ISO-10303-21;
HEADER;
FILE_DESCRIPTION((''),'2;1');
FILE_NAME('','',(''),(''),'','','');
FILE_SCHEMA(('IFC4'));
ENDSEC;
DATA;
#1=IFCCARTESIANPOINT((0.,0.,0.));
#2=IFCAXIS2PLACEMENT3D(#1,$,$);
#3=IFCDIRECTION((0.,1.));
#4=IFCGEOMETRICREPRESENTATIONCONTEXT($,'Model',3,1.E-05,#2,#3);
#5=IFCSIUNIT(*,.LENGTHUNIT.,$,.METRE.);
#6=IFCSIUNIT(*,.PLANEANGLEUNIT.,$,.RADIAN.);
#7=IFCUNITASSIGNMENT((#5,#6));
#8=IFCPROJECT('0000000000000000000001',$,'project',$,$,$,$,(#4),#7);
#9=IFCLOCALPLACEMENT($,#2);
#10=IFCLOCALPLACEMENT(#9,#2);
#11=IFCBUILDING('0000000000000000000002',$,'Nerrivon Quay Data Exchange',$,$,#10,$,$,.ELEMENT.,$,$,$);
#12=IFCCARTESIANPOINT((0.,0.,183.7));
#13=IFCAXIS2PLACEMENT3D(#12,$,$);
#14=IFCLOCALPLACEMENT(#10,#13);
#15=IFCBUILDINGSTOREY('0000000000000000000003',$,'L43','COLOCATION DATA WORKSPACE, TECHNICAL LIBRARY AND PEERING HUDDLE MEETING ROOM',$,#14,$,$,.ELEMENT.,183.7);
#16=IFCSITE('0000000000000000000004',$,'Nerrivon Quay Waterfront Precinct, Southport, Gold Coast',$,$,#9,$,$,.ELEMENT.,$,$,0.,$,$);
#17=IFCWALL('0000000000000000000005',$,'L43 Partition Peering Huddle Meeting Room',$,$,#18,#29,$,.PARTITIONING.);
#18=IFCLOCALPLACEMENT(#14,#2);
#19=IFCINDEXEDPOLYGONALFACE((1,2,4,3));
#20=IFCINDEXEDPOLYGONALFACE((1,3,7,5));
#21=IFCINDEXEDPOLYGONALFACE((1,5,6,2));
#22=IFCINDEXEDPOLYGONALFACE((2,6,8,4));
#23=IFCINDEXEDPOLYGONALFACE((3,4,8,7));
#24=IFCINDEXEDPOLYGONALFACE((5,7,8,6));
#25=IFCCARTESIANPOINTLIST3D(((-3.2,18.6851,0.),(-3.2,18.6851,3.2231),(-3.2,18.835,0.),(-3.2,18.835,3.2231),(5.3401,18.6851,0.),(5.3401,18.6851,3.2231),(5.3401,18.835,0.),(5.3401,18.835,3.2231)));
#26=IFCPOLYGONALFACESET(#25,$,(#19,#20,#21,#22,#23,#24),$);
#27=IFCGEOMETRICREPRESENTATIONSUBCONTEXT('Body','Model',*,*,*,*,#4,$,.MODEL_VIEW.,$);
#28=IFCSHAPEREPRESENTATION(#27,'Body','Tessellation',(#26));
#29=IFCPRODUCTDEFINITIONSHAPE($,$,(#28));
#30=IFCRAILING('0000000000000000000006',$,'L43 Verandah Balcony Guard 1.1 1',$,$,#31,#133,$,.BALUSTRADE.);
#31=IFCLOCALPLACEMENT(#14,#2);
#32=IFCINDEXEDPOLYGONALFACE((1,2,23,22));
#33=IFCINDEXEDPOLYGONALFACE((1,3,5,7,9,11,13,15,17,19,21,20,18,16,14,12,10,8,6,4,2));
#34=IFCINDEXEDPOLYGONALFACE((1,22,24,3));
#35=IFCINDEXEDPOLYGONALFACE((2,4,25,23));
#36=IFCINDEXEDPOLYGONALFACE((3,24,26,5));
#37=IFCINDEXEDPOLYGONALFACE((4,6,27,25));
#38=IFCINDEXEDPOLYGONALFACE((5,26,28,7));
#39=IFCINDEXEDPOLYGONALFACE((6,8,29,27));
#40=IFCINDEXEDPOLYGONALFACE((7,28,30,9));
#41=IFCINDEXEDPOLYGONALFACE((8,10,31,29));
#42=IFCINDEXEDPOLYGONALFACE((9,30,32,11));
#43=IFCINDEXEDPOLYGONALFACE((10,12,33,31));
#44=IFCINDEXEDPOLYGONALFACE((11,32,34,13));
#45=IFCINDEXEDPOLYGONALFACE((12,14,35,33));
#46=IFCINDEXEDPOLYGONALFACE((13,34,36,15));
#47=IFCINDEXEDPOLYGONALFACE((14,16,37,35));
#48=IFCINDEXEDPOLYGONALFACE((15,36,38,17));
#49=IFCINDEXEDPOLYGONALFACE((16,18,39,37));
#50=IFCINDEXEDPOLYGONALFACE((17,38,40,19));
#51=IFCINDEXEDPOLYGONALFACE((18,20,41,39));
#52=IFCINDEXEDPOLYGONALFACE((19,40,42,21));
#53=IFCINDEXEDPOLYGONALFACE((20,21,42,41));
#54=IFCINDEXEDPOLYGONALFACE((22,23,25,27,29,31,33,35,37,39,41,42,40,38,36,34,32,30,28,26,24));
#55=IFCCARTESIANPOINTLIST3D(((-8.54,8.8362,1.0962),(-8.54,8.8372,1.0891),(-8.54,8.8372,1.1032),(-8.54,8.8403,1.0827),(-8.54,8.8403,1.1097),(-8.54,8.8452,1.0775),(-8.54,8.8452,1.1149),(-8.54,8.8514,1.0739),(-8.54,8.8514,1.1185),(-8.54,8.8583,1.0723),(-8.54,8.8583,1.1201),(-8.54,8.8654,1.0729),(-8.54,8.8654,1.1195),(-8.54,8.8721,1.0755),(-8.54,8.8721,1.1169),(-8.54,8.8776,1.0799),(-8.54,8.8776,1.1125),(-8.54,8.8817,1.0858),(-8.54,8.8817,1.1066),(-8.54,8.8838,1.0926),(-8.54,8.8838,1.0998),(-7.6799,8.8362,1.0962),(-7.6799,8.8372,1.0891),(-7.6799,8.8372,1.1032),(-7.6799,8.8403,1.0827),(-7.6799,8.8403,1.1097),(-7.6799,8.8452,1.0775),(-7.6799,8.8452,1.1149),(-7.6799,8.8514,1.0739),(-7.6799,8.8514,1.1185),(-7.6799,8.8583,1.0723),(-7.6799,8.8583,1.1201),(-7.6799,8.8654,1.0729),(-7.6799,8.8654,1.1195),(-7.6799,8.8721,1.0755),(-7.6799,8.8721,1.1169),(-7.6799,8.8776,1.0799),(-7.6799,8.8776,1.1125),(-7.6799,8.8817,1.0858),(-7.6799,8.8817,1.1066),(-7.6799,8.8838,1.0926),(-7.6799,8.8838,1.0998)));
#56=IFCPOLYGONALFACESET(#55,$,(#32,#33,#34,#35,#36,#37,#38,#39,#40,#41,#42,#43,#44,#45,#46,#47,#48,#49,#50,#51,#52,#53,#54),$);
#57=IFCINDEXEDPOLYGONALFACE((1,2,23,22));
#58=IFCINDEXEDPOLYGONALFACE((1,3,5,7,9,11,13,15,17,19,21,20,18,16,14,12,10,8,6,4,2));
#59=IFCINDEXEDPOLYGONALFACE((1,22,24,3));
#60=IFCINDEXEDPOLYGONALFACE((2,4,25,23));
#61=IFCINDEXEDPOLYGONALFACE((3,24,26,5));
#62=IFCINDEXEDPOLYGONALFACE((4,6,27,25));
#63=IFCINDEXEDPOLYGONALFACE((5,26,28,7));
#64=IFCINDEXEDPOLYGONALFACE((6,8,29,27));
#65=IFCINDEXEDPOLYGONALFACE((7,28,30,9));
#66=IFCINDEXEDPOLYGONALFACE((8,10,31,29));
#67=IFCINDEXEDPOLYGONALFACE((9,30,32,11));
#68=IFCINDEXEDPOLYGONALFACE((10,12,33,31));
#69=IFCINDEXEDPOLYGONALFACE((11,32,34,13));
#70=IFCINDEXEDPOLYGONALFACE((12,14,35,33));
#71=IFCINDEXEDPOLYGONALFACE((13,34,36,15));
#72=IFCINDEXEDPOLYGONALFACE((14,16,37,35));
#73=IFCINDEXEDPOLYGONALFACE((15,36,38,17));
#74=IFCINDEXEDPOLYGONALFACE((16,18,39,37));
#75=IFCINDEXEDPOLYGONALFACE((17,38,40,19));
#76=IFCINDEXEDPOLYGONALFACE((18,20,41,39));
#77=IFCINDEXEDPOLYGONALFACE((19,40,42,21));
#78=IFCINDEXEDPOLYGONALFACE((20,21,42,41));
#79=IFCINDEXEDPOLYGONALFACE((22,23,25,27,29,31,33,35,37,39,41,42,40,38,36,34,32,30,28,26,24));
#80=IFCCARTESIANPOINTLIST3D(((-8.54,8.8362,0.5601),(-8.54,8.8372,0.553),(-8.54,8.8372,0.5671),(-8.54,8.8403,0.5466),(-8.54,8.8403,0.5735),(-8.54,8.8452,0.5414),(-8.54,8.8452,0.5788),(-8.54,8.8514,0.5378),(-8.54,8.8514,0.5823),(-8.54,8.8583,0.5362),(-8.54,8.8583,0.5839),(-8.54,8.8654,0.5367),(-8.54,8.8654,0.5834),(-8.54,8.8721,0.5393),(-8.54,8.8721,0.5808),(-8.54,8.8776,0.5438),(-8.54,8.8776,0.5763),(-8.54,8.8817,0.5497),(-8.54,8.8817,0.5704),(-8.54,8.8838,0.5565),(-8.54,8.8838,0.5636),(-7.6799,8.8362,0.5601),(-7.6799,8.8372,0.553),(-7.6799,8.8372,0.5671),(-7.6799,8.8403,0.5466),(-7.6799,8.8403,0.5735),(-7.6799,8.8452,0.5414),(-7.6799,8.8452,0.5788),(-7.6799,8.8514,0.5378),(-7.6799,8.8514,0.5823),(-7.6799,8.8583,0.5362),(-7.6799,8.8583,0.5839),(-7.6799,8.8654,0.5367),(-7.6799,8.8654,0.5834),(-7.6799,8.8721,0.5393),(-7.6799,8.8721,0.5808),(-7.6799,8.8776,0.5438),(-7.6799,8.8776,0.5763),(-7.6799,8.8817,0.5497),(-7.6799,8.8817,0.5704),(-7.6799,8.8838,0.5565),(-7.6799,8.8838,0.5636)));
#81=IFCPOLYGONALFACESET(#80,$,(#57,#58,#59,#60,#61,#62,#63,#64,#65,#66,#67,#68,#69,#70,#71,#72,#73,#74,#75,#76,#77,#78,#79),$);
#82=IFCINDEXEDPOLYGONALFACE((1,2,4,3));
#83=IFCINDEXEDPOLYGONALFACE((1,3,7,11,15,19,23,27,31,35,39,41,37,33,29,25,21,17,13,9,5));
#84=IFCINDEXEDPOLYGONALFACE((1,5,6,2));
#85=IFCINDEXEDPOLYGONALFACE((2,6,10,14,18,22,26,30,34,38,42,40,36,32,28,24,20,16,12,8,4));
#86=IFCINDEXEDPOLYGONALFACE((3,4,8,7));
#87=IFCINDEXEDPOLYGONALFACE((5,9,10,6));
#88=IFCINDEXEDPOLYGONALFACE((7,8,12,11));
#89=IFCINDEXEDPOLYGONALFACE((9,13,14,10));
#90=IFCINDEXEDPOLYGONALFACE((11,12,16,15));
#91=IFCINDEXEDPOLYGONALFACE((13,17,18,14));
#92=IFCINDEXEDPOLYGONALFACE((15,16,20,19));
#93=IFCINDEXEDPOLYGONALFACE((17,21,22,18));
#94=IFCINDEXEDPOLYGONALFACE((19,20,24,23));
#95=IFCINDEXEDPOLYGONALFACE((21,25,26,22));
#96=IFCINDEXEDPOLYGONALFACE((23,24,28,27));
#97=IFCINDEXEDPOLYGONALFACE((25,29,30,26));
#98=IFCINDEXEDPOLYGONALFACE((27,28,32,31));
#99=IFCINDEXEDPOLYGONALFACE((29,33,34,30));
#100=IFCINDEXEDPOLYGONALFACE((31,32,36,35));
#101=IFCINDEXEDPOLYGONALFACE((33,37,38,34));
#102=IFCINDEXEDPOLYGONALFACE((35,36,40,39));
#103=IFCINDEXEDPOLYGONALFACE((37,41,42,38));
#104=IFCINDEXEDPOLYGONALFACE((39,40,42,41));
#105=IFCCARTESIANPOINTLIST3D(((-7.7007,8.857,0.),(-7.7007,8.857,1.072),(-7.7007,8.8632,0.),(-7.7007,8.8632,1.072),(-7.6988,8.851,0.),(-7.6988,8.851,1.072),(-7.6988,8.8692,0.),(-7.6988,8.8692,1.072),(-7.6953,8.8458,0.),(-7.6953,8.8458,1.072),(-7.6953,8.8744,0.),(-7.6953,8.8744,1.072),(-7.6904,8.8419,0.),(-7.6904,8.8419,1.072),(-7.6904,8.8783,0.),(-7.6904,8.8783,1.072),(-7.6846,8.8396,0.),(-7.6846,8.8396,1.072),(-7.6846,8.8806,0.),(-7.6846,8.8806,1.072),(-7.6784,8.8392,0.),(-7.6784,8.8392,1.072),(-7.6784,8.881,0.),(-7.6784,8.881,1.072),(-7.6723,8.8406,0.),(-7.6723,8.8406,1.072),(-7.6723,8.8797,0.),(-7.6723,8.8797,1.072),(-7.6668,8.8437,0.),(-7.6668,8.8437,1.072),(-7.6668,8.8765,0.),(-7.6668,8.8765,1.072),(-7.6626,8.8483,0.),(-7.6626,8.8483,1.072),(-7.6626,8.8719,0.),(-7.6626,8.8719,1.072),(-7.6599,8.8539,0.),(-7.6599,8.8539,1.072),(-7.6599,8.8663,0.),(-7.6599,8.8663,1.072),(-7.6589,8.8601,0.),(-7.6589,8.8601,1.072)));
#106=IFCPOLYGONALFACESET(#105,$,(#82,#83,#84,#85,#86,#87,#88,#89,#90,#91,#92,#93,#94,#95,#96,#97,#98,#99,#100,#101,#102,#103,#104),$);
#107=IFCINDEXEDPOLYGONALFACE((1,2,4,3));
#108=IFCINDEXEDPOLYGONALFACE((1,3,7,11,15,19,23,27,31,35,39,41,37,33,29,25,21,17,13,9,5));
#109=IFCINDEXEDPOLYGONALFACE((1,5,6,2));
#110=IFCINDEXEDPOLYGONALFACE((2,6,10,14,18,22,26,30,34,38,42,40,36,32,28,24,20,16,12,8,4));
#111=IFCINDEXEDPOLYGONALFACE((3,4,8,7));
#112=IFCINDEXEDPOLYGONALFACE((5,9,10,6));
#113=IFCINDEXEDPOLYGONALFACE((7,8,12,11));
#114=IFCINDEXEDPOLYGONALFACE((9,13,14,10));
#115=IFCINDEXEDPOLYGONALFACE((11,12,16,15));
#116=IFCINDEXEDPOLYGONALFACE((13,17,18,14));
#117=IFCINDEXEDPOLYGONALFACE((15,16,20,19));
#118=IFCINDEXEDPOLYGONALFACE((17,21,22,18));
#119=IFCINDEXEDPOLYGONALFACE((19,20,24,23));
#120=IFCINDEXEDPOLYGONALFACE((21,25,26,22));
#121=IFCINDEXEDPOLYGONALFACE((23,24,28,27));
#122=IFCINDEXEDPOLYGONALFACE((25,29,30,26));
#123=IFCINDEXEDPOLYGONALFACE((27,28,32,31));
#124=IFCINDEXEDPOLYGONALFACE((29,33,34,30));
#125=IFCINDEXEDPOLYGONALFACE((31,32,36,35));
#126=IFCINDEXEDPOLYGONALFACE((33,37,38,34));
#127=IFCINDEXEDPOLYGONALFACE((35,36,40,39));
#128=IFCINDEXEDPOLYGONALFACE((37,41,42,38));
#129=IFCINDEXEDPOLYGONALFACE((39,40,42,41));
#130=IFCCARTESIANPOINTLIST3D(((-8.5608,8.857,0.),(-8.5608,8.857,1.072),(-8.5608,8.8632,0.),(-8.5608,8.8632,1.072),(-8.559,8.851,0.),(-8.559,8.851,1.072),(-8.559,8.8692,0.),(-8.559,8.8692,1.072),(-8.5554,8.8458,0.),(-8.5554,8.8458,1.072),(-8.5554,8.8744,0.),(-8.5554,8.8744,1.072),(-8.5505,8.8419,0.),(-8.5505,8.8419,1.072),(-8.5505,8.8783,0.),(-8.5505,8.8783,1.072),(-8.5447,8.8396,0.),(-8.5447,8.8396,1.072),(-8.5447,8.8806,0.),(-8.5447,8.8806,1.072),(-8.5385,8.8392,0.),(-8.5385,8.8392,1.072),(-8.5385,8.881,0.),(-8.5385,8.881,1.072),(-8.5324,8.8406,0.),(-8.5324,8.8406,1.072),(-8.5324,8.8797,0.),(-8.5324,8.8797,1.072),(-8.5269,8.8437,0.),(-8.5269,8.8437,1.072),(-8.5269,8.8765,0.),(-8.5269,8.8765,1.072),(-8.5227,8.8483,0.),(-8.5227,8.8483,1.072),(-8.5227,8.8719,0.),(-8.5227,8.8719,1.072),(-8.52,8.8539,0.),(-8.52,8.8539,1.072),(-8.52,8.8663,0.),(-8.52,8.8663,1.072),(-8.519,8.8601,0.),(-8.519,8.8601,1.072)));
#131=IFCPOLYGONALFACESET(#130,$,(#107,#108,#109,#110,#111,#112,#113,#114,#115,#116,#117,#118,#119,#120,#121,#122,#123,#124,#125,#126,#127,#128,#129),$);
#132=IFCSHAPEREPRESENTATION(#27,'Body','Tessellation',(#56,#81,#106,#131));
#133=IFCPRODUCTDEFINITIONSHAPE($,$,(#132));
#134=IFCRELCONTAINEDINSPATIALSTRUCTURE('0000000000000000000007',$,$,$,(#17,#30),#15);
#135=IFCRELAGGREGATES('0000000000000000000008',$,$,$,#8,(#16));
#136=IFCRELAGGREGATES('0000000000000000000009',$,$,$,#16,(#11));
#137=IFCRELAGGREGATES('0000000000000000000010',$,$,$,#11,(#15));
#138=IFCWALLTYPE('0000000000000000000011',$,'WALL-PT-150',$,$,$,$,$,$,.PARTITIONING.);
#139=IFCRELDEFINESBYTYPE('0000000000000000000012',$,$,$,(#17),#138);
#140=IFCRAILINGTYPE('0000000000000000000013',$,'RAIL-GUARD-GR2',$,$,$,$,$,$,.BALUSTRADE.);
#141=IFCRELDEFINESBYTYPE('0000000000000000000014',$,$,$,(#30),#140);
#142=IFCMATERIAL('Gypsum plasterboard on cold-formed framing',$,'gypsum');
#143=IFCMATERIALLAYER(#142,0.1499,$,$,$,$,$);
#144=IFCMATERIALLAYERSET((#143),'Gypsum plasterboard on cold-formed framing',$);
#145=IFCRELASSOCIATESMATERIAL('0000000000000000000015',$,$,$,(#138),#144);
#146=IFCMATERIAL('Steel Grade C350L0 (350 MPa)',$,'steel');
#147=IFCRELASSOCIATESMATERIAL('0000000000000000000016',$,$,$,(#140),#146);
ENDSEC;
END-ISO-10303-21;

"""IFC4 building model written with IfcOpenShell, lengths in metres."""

from ifc_helpers import new_model, si_unit, direction, frame, frame_2d, origin, origin_2d, place, context, subcontext, project, spatial, rectangle, circle, extrude, material, layer, layer_set, type_object, element, save


model = new_model("IFC4")

# Units and contexts
model_context = context("Model", 3, precision=1e-05, world=origin(), true_north=direction((0.0, 1.0)))
body_context = subcontext(model_context, "Body", "Model", "MODEL_VIEW")
ifc_project = project(units=[si_unit("LENGTHUNIT", "METRE"), si_unit("PLANEANGLEUNIT", "RADIAN")], contexts=[model_context])

# Site, building, storey
site_placement = place(None, origin())
site = spatial("IfcSite", under=ifc_project, at=site_placement, Name="Nerrivon Quay Waterfront Precinct, Southport, Gold Coast", CompositionType="ELEMENT", RefElevation=0.0)
building_placement = place(site_placement, origin())
building = spatial("IfcBuilding", under=site, at=building_placement, Name="Nerrivon Quay Data Exchange", CompositionType="ELEMENT")
storey_placement = place(building_placement, frame((0.0, 0.0, 183.7)))
storey = spatial("IfcBuildingStorey", under=building, at=storey_placement, Name="L43", Description="COLOCATION DATA WORKSPACE, TECHNICAL LIBRARY AND PEERING HUDDLE MEETING ROOM", CompositionType="ELEMENT", Elevation=183.7)

# Wall
ifc_material_1 = material(Name="Gypsum plasterboard on cold-formed framing", Category="gypsum")
ifc_layer_1 = layer(ifc_material_1, 0.1499)
ifc_layer_set_1 = layer_set([ifc_layer_1], Name="Gypsum plasterboard on cold-formed framing")
wall_type_1 = type_object("IfcWallType", Name="WALL-PT-150", PredefinedType="PARTITIONING", material=ifc_layer_set_1)
wall_1_placement = place(storey_placement, frame((-3.2, 18.76, 0.0), z_axis=(0.0, 0.0, 1.0), x_axis=(1.0, 0.0, 0.0)))
element("IfcWall", 1, at=wall_1_placement, inside=storey, type_object=wall_type_1, Name="L43 Partition Peering Huddle Meeting Room", PredefinedType="PARTITIONING", context=body_context, shape_type="SweptSolid", body=[
    extrude(rectangle(XDim=8.54, YDim=0.1499, at=frame_2d((4.27, 0.0))), origin(), (0.0, 0.0, 1.0), 3.2231),
])

# Railing
ifc_material_2 = material(Name="Steel Grade C350L0 (350 MPa)", Category="steel")
railing_type = type_object("IfcRailingType", Name="RAIL-GUARD-GR2", PredefinedType="BALUSTRADE", material=ifc_material_2)
railing_1_placement = place(storey_placement, frame((-7.6799, 8.8601, 0.0)))
element("IfcRailing", 2, at=railing_1_placement, inside=storey, type_object=railing_type, Name="L43 Verandah Balcony Guard 1.1 1", PredefinedType="BALUSTRADE", context=body_context, shape_type="SweptSolid", body=[
    extrude(circle(Radius=0.0239, at=origin_2d()), frame((0.0, 0.0, 1.0962), z_axis=(-1.0, 0.0, 0.0), x_axis=(0.0, -1.0, 0.0)), (0.0, 0.0, 1.0), 0.8601),
    extrude(circle(Radius=0.0239, at=origin_2d()), frame((0.0, 0.0, 0.5601), z_axis=(-1.0, 0.0, 0.0), x_axis=(0.0, -1.0, 0.0)), (0.0, 0.0, 1.0), 0.8601),
    extrude(circle(Radius=0.021, at=origin_2d()), origin(), (0.0, 0.0, 1.0), 1.072),
    extrude(circle(Radius=0.021, at=origin_2d()), frame((-0.8601, 0.0, 0.0)), (0.0, 0.0, 1.0), 1.072),
])

save(model, "model.ifc")
